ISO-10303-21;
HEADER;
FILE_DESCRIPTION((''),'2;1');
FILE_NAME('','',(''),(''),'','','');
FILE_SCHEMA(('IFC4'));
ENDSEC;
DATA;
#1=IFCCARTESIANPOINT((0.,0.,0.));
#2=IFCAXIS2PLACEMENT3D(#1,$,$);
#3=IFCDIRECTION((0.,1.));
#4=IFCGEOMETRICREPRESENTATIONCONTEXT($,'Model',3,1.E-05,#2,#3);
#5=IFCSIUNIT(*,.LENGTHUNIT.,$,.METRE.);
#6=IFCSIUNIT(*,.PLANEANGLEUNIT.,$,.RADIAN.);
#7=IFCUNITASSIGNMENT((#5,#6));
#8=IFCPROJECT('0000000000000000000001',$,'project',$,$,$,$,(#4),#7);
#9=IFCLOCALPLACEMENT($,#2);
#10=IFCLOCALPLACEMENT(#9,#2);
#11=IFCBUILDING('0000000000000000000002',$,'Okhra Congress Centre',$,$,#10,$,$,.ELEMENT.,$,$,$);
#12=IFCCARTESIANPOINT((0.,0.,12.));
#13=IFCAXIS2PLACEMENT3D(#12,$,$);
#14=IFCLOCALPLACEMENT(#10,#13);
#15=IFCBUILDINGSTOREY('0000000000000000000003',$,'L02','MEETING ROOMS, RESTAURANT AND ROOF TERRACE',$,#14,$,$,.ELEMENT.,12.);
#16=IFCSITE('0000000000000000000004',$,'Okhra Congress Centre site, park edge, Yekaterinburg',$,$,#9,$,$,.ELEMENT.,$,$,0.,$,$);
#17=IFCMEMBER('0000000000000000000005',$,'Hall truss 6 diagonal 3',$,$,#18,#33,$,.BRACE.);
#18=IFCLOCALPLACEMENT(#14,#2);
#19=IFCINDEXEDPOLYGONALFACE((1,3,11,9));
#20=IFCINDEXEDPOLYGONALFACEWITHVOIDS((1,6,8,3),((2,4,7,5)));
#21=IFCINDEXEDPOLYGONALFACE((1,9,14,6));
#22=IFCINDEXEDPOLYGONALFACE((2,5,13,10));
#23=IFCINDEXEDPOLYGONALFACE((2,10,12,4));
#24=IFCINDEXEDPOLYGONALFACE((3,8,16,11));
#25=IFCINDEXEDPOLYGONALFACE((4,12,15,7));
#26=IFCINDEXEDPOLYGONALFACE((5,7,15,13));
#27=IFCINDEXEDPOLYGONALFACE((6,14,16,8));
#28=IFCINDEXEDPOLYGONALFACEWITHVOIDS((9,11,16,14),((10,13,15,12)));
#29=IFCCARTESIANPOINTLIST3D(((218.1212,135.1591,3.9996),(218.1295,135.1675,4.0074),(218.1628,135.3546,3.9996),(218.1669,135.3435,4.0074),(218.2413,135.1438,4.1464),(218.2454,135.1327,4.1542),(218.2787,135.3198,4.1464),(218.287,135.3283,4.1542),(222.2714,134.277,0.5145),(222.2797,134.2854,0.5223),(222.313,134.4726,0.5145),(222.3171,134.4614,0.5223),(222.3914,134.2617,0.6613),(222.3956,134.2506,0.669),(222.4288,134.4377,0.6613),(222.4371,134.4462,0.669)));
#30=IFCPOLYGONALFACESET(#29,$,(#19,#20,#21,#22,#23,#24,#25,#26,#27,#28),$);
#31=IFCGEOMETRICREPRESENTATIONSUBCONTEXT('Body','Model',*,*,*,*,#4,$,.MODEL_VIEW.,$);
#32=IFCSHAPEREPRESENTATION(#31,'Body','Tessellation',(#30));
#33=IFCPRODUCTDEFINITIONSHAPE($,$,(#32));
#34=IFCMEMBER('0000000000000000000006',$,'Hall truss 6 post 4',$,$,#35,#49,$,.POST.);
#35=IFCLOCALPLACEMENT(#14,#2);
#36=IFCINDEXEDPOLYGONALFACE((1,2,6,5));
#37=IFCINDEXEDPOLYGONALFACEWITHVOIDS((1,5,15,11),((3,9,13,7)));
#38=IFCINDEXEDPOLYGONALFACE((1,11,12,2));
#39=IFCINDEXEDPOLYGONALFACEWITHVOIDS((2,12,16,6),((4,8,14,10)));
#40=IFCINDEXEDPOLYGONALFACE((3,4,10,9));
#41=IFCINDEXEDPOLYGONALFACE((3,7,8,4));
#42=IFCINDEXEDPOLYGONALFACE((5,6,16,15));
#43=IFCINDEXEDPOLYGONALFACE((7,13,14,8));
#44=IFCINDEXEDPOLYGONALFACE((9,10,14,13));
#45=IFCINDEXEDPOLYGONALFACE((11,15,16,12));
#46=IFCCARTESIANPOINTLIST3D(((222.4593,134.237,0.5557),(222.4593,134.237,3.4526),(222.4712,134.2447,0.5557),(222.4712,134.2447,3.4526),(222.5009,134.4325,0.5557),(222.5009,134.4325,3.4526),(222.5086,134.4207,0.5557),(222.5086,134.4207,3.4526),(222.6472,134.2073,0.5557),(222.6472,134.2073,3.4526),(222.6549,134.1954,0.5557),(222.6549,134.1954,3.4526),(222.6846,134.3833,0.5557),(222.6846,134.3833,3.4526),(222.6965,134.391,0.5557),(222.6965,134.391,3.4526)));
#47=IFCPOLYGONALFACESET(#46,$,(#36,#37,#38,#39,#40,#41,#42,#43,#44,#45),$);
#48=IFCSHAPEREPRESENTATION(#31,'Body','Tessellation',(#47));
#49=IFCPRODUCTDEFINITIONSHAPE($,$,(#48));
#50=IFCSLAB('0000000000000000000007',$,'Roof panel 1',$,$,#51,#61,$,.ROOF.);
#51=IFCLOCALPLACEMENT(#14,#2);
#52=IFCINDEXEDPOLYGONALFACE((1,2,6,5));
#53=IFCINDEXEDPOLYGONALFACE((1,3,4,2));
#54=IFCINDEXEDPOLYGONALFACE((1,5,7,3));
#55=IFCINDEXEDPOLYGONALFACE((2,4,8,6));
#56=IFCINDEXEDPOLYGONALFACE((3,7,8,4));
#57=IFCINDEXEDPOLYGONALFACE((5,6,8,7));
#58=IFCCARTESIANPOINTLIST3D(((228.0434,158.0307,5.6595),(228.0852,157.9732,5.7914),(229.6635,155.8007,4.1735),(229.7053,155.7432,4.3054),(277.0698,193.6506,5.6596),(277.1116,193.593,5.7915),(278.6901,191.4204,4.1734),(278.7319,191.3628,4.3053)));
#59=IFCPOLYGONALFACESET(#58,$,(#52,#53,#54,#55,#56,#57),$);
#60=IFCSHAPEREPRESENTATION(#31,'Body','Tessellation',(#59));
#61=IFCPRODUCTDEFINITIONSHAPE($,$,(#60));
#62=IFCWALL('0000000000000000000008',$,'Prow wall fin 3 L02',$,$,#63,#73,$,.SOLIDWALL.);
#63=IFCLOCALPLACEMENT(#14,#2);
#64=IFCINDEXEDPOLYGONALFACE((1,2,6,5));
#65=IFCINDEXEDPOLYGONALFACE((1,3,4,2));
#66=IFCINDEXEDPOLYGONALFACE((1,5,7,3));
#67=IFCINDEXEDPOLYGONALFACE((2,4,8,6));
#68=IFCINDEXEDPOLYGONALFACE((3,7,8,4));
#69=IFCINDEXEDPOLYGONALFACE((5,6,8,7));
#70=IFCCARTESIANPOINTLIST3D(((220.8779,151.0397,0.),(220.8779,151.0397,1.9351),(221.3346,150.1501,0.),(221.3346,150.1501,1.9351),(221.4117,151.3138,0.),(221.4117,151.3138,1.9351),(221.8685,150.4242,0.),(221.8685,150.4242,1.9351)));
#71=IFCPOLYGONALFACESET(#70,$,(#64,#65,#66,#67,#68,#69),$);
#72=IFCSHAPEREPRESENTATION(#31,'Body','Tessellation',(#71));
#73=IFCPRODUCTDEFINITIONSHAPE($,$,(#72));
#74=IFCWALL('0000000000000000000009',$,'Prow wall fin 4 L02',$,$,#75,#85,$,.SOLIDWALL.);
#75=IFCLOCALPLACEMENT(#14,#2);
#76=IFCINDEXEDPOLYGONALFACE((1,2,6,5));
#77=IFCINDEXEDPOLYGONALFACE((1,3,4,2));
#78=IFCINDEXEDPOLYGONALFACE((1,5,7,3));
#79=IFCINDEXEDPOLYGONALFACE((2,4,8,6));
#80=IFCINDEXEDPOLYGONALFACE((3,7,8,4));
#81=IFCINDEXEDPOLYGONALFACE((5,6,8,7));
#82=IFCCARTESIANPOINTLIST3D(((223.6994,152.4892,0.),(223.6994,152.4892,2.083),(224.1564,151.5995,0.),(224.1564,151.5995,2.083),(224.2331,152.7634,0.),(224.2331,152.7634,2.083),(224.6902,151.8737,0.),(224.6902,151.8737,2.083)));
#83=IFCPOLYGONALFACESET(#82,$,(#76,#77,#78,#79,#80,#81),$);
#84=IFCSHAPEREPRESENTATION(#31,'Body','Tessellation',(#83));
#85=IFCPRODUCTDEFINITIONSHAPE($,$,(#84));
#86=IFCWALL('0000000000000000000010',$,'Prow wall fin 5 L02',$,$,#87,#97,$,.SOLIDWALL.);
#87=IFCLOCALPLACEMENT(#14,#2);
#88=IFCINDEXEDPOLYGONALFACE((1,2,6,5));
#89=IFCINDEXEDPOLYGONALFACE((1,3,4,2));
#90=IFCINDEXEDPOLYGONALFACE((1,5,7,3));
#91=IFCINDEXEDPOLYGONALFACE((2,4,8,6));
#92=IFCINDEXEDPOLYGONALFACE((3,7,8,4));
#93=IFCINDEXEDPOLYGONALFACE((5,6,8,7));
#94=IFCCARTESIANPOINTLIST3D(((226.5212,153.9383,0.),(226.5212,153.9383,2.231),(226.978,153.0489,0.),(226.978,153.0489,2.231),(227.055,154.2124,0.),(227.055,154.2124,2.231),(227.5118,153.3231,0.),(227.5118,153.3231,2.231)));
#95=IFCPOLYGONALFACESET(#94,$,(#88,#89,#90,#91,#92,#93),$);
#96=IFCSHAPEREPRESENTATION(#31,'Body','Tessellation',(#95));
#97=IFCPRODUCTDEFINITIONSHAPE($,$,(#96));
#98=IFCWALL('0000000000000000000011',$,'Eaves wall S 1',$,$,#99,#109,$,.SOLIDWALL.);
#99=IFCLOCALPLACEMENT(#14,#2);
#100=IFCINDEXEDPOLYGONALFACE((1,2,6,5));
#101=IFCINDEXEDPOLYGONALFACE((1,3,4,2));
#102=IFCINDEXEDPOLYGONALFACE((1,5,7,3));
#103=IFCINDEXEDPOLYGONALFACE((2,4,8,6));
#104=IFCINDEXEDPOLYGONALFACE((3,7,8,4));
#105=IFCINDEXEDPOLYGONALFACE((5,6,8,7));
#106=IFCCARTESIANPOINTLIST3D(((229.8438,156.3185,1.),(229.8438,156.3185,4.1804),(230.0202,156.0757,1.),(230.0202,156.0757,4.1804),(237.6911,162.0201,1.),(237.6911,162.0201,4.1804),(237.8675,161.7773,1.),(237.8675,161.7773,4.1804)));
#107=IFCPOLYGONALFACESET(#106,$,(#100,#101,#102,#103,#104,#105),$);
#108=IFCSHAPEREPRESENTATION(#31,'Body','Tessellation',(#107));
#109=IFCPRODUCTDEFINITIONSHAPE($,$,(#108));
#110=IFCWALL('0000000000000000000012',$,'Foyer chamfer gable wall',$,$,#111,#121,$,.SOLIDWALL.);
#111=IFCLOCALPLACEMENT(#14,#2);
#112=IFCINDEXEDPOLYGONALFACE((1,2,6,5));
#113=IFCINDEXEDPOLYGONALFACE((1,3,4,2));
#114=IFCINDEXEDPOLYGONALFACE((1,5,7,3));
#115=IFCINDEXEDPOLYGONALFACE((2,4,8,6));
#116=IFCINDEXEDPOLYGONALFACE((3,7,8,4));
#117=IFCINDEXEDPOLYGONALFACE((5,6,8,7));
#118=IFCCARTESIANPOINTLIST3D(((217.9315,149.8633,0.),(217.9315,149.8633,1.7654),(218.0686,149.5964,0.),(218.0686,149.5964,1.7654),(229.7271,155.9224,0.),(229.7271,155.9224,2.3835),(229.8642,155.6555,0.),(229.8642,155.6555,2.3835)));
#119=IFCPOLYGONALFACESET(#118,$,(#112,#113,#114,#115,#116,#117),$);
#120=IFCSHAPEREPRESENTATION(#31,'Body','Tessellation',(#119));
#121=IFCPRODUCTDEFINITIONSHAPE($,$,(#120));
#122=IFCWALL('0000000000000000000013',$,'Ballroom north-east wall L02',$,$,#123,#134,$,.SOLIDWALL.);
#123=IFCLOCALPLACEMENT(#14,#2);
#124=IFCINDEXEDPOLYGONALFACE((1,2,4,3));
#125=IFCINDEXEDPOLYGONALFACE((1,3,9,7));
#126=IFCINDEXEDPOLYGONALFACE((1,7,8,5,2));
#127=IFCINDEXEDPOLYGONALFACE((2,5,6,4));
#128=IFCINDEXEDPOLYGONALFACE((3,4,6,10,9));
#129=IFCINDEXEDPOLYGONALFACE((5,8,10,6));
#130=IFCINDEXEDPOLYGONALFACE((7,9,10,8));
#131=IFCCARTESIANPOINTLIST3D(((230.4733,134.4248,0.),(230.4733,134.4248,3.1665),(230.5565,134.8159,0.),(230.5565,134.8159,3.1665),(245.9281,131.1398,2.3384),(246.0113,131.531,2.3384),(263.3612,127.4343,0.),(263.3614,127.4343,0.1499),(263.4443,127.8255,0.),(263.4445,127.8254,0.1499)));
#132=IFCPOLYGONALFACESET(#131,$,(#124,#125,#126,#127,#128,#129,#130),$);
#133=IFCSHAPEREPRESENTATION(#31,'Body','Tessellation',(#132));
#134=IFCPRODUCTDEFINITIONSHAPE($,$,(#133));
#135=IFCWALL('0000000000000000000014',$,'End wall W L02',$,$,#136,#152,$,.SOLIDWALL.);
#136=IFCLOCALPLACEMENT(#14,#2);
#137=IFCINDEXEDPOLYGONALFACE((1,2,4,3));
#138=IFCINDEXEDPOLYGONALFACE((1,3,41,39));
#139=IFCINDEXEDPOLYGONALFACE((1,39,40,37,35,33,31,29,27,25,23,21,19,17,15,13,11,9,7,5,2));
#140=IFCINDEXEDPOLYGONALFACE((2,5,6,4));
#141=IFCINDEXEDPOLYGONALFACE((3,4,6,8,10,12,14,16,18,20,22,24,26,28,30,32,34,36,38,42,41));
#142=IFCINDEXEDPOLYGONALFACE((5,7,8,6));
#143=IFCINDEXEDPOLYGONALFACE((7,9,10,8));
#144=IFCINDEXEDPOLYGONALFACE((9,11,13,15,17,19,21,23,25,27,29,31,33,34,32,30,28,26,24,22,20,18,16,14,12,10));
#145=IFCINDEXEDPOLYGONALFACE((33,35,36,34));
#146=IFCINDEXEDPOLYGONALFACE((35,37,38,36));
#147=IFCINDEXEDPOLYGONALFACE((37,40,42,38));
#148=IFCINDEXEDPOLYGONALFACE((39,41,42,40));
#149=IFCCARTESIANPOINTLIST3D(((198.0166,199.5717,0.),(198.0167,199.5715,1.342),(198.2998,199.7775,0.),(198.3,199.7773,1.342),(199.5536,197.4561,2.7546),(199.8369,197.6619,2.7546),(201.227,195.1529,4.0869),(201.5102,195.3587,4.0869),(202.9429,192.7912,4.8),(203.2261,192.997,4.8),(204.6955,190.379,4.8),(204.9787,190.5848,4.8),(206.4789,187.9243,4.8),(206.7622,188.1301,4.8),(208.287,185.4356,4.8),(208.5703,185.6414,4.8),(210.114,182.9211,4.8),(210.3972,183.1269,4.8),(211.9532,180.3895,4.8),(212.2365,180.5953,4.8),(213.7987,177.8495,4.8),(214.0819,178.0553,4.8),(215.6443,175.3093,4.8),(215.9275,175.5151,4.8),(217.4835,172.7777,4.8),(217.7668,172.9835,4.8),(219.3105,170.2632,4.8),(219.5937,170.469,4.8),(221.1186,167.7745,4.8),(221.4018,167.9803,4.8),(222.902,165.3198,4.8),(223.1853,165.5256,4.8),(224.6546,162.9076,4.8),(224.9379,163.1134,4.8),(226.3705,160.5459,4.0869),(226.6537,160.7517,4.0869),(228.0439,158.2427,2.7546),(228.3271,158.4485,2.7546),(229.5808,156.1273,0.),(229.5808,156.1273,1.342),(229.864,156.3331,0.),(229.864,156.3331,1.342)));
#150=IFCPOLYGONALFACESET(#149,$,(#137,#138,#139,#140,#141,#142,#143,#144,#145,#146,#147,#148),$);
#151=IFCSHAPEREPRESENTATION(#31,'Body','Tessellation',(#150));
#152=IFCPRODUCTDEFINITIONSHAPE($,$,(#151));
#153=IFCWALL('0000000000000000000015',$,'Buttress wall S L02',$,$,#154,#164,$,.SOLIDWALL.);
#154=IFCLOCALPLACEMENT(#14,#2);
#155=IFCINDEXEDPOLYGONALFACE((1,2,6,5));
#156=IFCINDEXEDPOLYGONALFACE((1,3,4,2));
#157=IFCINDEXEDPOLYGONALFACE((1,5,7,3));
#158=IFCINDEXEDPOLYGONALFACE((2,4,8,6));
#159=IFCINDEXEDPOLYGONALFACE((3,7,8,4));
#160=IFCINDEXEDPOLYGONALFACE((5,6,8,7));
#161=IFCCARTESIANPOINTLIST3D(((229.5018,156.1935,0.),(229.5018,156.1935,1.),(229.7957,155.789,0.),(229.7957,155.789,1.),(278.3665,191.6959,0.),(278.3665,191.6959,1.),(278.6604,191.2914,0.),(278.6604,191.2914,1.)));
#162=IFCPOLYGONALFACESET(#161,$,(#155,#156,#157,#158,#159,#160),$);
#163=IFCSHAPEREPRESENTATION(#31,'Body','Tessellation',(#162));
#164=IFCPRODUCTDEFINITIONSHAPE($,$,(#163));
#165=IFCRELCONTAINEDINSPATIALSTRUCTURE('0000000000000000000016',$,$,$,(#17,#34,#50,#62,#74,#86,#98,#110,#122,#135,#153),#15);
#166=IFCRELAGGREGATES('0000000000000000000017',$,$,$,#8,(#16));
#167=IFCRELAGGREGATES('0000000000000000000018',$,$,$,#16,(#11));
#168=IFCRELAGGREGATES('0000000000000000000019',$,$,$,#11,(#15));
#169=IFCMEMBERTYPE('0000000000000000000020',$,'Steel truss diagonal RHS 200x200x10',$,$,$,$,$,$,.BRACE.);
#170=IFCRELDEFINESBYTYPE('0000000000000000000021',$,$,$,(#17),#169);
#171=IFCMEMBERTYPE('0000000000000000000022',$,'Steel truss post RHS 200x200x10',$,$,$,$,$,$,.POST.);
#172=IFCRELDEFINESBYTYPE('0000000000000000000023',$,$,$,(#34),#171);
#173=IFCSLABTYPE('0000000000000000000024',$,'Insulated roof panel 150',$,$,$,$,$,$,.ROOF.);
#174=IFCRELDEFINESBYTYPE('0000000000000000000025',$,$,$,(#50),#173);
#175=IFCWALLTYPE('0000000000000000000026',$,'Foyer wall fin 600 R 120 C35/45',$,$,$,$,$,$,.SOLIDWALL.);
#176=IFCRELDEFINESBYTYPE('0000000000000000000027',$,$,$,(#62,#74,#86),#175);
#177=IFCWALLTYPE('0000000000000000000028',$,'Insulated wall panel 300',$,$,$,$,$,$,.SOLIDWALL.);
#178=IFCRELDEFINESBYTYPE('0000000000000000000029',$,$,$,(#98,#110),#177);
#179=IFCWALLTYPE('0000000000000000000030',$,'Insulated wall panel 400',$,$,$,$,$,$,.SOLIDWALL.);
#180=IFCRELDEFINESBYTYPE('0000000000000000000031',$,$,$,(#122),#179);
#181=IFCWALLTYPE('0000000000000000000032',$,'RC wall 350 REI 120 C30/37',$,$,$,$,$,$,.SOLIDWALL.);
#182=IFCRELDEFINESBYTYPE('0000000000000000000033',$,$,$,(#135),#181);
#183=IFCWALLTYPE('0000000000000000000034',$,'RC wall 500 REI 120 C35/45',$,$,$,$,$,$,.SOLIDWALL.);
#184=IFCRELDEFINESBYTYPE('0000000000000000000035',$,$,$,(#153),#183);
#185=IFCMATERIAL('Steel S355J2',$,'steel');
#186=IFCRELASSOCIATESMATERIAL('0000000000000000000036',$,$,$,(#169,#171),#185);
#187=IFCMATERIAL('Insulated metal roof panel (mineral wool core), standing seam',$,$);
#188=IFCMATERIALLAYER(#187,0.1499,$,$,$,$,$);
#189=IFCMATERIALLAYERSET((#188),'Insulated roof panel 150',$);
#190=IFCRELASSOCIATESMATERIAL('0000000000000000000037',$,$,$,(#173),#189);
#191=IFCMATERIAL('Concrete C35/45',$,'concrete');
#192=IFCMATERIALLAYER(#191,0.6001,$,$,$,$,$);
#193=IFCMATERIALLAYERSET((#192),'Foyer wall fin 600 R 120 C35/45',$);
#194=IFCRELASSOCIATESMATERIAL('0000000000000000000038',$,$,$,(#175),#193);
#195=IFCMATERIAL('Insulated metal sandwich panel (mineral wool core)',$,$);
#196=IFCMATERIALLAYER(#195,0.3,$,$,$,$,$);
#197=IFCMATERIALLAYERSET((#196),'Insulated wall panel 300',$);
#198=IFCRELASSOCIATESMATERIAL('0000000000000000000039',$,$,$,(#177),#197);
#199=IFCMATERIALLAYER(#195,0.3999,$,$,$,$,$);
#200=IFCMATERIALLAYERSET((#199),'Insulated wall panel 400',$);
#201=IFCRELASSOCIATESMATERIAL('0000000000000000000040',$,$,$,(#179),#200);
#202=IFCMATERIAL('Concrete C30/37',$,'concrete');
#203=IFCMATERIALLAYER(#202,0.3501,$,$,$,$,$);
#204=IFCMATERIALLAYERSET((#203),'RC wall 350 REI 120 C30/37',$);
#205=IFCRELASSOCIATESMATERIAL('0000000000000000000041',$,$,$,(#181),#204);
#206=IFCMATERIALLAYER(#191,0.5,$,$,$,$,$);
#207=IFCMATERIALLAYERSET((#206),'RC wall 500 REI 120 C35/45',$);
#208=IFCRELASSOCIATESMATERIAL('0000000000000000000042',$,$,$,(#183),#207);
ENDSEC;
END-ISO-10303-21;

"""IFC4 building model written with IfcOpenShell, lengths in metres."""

from ifc_helpers import new_model, si_unit, direction, frame, frame_2d, origin, origin_2d, place, context, subcontext, project, spatial, polyline, rectangle, hollow_rectangle, outline, extrude, material, layer, layer_set, material_profile, profile_set, type_object, element, save


model = new_model("IFC4")

# Units and contexts
model_context = context("Model", 3, precision=1e-05, world=origin(), true_north=direction((0.0, 1.0)))
body_context = subcontext(model_context, "Body", "Model", "MODEL_VIEW")
ifc_project = project(units=[si_unit("LENGTHUNIT", "METRE"), si_unit("PLANEANGLEUNIT", "RADIAN")], contexts=[model_context])

# Site, building, storey
site_placement = place(None, origin())
site = spatial("IfcSite", under=ifc_project, at=site_placement, Name="Okhra Congress Centre site, park edge, Yekaterinburg", CompositionType="ELEMENT", RefElevation=0.0)
building_placement = place(site_placement, origin())
building = spatial("IfcBuilding", under=site, at=building_placement, Name="Okhra Congress Centre", CompositionType="ELEMENT")
storey_placement = place(building_placement, frame((0.0, 0.0, 12.0)))
storey = spatial("IfcBuildingStorey", under=building, at=storey_placement, Name="L02", Description="MEETING ROOMS, RESTAURANT AND ROOF TERRACE", CompositionType="ELEMENT", Elevation=12.0)

# Shared definitions
ifc_material_1 = material(Name="Steel S355J2", Category="steel")

# Members
ifc_material_profile_1 = material_profile(ifc_material_1, hollow_rectangle(XDim=0.2, YDim=0.2, WallThickness=0.01, at=origin_2d()), Name="RHS 200x200x10 diagonal")
ifc_profile_set_1 = profile_set([ifc_material_profile_1], Name="Steel S355J2")
member_type_1 = type_object("IfcMemberType", Name="Steel truss diagonal RHS 200x200x10", PredefinedType="BRACE", material=ifc_profile_set_1)
member_1_placement = place(storey_placement, frame((218.2041, 135.2437, 4.0769), z_axis=(0.755851, -0.16065, -0.634729), x_axis=(0.207898, 0.978151, 0.0)))
element("IfcMember", 1, at=member_1_placement, inside=storey, type_object=member_type_1, Name="Hall truss 6 diagonal 3", PredefinedType="BRACE", context=body_context, shape_type="SweptSolid", body=[
    extrude(hollow_rectangle(XDim=0.2, YDim=0.2, WallThickness=0.01, at=origin_2d()), origin(), (0.0, 0.0, 1.0), 5.4907),
])
ifc_material_profile_2 = material_profile(ifc_material_1, hollow_rectangle(XDim=0.2, YDim=0.2, WallThickness=0.01, at=origin_2d()), Name="RHS 200x200x10")
ifc_profile_set_2 = profile_set([ifc_material_profile_2], Name="Steel S355J2")
member_type_2 = type_object("IfcMemberType", Name="Steel truss post RHS 200x200x10", PredefinedType="POST", material=ifc_profile_set_2)
member_2_placement = place(storey_placement, frame((222.5779, 134.314, 0.5557), z_axis=(0.0, 0.0, 1.0), x_axis=(0.978148, -0.207912, 0.0)))
element("IfcMember", 2, at=member_2_placement, inside=storey, type_object=member_type_2, Name="Hall truss 6 post 4", PredefinedType="POST", context=body_context, shape_type="SweptSolid", body=[
    extrude(hollow_rectangle(XDim=0.2, YDim=0.2, WallThickness=0.01, at=origin_2d()), origin(), (0.0, 0.0, 1.0), 2.897),
])

# Slab
ifc_material_2 = material(Name="Insulated metal roof panel (mineral wool core), standing seam")
ifc_layer_1 = layer(ifc_material_2, 0.1499)
ifc_layer_set_1 = layer_set([ifc_layer_1], Name="Insulated roof panel 150")
slab_type = type_object("IfcSlabType", Name="Insulated roof panel 150", PredefinedType="ROOF", material=ifc_layer_set_1)
slab_placement = place(storey_placement, frame((229.7053, 155.7432, 4.3054), z_axis=(0.278929, -0.383914, 0.880232), x_axis=(0.809019, 0.587783, -0.000001)))
element("IfcSlab", 3, at=slab_placement, inside=storey, type_object=slab_type, Name="Roof panel 1", PredefinedType="ROOF", context=body_context, shape_type="SweptSolid", body=[
    extrude(outline(polyline([(0.0, 0.0), (60.6001, 0.0), (60.6, 3.1318), (0.0, 3.1315), (0.0, 0.0)])), origin(), (0.0, 0.0, -1.0), 0.1499),
])

# Walls
ifc_material_3 = material(Name="Concrete C35/45", Category="concrete")
ifc_layer_2 = layer(ifc_material_3, 0.6001)
ifc_layer_set_2 = layer_set([ifc_layer_2], Name="Foyer wall fin 600 R 120 C35/45")
wall_type_1 = type_object("IfcWallType", Name="Foyer wall fin 600 R 120 C35/45", PredefinedType="SOLIDWALL", material=ifc_layer_set_2)
wall_1_placement = place(storey_placement, frame((221.1448, 151.1768, 0.0), z_axis=(0.0, 0.0, 1.0), x_axis=(0.456758, -0.889591, 0.0)))
element("IfcWall", 4, at=wall_1_placement, inside=storey, type_object=wall_type_1, Name="Prow wall fin 3 L02", PredefinedType="SOLIDWALL", context=body_context, shape_type="SweptSolid", body=[
    extrude(rectangle(XDim=1.0, YDim=0.6001, at=frame_2d((0.5, 0.0))), origin(), (0.0, 0.0, 1.0), 1.9351),
])
wall_2_placement = place(storey_placement, frame((223.9663, 152.6262, 0.0), z_axis=(0.0, 0.0, 1.0), x_axis=(0.456951, -0.889492, 0.0)))
element("IfcWall", 5, at=wall_2_placement, inside=storey, type_object=wall_type_1, Name="Prow wall fin 4 L02", PredefinedType="SOLIDWALL", context=body_context, shape_type="SweptSolid", body=[
    extrude(rectangle(XDim=1.0002, YDim=0.6001, at=frame_2d((0.5, 0.0))), origin(), (0.0, 0.0, 1.0), 2.083),
])
wall_3_placement = place(storey_placement, frame((226.7881, 154.0754, 0.0), z_axis=(0.0, 0.0, 1.0), x_axis=(0.456857, -0.88954, 0.0)))
element("IfcWall", 6, at=wall_3_placement, inside=storey, type_object=wall_type_1, Name="Prow wall fin 5 L02", PredefinedType="SOLIDWALL", context=body_context, shape_type="SweptSolid", body=[
    extrude(rectangle(XDim=0.9998, YDim=0.6001, at=frame_2d((0.5, 0.0))), origin(), (0.0, 0.0, 1.0), 2.231),
])
ifc_material_4 = material(Name="Insulated metal sandwich panel (mineral wool core)")
ifc_layer_3 = layer(ifc_material_4, 0.3)
ifc_layer_set_3 = layer_set([ifc_layer_3], Name="Insulated wall panel 300")
wall_type_2 = type_object("IfcWallType", Name="Insulated wall panel 300", PredefinedType="SOLIDWALL", material=ifc_layer_set_3)
wall_4_placement = place(storey_placement, frame((229.9319, 156.197, 1.0), z_axis=(0.0, 0.0, 1.0), x_axis=(0.809008, 0.587798, 0.0)))
element("IfcWall", 7, at=wall_4_placement, inside=storey, type_object=wall_type_2, Name="Eaves wall S 1", PredefinedType="SOLIDWALL", context=body_context, shape_type="SweptSolid", body=[
    extrude(rectangle(XDim=9.7, YDim=0.3, at=frame_2d((4.8501, 0.0))), origin(), (0.0, 0.0, 1.0), 3.1804),
])
wall_5_placement = place(storey_placement, frame((218.0, 149.73, 0.0), z_axis=(0.0, 0.0, 1.0), x_axis=(0.88951, 0.456915, 0.0)))
element("IfcWall", 8, at=wall_5_placement, inside=storey, type_object=wall_type_2, Name="Foyer chamfer gable wall", PredefinedType="SOLIDWALL", context=body_context, shape_type="SweptSolid", body=[
    extrude(outline(polyline([(0.0, 0.0), (13.2607, 0.0), (13.2607, 2.3835), (0.0, 1.7654), (0.0, 0.0)])), frame((0.0, 0.1499, 0.0), z_axis=(0.0, -1.0, 0.0), x_axis=(1.0, 0.0, 0.0)), (0.0, 0.0, 1.0), 0.3),
])
ifc_layer_4 = layer(ifc_material_4, 0.3999)
ifc_layer_set_4 = layer_set([ifc_layer_4], Name="Insulated wall panel 400")
wall_type_3 = type_object("IfcWallType", Name="Insulated wall panel 400", PredefinedType="SOLIDWALL", material=ifc_layer_set_4)
wall_6_placement = place(storey_placement, frame((230.5149, 134.6204, 0.0), z_axis=(0.0, 0.0, 1.0), x_axis=(0.978148, -0.20791, 0.0)))
element("IfcWall", 9, at=wall_6_placement, inside=storey, type_object=wall_type_3, Name="Ballroom north-east wall L02", PredefinedType="SOLIDWALL", context=body_context, shape_type="SweptSolid", body=[
    extrude(outline(polyline([(0.0, 0.0), (33.6226, 0.0), (33.6228, 0.1499), (15.8, 2.3384), (0.0, 3.1665), (0.0, 0.0)])), frame((0.0, 0.2, 0.0), z_axis=(0.0, -1.0, 0.0), x_axis=(1.0, 0.0, 0.0)), (0.0, 0.0, 1.0), 0.3999),
])
ifc_material_5 = material(Name="Concrete C30/37", Category="concrete")
ifc_layer_5 = layer(ifc_material_5, 0.3501)
ifc_layer_set_5 = layer_set([ifc_layer_5], Name="RC wall 350 REI 120 C30/37")
wall_type_4 = type_object("IfcWallType", Name="RC wall 350 REI 120 C30/37", PredefinedType="SOLIDWALL", material=ifc_layer_set_5)
wall_7_placement = place(storey_placement, frame((229.7224, 156.2302, 0.0), z_axis=(0.0, 0.0, 1.0), x_axis=(-0.587786, 0.809017, 0.0)))
element("IfcWall", 10, at=wall_7_placement, inside=storey, type_object=wall_type_4, Name="End wall W L02", PredefinedType="SOLIDWALL", context=body_context, shape_type="SweptSolid", body=[
    extrude(outline(polyline([(0.0, 0.0), (53.7002, 0.0), (53.7, 1.342), (51.0852, 2.7546), (48.2383, 4.0869), (45.3191, 4.8), (42.3374, 4.8), (39.3032, 4.8), (36.2271, 4.8), (33.1189, 4.8), (29.9897, 4.8), (26.8501, 4.8), (23.7102, 4.8), (20.5811, 4.8), (17.4729, 4.8), (14.3967, 4.8), (11.3625, 4.8), (8.3809, 4.8), (5.4617, 4.0869), (2.6147, 2.7546), (0.0, 1.342), (0.0, 0.0)])), frame((0.0, 0.175, 0.0), z_axis=(0.0, -1.0, 0.0), x_axis=(1.0, 0.0, 0.0)), (0.0, 0.0, 1.0), 0.3501),
])
ifc_layer_6 = layer(ifc_material_3, 0.5)
ifc_layer_set_6 = layer_set([ifc_layer_6], Name="RC wall 500 REI 120 C35/45")
wall_type_5 = type_object("IfcWallType", Name="RC wall 500 REI 120 C35/45", PredefinedType="SOLIDWALL", material=ifc_layer_set_6)
wall_8_placement = place(storey_placement, frame((229.6487, 155.9912, 0.0), z_axis=(0.0, 0.0, 1.0), x_axis=(0.809016, 0.587787, 0.0)))
element("IfcWall", 11, at=wall_8_placement, inside=storey, type_object=wall_type_5, Name="Buttress wall S L02", PredefinedType="SOLIDWALL", context=body_context, shape_type="SweptSolid", body=[
    extrude(rectangle(XDim=60.4001, YDim=0.5, at=frame_2d((30.2002, 0.0))), origin(), (0.0, 0.0, 1.0), 1.0),
])

save(model, "model.ifc")
